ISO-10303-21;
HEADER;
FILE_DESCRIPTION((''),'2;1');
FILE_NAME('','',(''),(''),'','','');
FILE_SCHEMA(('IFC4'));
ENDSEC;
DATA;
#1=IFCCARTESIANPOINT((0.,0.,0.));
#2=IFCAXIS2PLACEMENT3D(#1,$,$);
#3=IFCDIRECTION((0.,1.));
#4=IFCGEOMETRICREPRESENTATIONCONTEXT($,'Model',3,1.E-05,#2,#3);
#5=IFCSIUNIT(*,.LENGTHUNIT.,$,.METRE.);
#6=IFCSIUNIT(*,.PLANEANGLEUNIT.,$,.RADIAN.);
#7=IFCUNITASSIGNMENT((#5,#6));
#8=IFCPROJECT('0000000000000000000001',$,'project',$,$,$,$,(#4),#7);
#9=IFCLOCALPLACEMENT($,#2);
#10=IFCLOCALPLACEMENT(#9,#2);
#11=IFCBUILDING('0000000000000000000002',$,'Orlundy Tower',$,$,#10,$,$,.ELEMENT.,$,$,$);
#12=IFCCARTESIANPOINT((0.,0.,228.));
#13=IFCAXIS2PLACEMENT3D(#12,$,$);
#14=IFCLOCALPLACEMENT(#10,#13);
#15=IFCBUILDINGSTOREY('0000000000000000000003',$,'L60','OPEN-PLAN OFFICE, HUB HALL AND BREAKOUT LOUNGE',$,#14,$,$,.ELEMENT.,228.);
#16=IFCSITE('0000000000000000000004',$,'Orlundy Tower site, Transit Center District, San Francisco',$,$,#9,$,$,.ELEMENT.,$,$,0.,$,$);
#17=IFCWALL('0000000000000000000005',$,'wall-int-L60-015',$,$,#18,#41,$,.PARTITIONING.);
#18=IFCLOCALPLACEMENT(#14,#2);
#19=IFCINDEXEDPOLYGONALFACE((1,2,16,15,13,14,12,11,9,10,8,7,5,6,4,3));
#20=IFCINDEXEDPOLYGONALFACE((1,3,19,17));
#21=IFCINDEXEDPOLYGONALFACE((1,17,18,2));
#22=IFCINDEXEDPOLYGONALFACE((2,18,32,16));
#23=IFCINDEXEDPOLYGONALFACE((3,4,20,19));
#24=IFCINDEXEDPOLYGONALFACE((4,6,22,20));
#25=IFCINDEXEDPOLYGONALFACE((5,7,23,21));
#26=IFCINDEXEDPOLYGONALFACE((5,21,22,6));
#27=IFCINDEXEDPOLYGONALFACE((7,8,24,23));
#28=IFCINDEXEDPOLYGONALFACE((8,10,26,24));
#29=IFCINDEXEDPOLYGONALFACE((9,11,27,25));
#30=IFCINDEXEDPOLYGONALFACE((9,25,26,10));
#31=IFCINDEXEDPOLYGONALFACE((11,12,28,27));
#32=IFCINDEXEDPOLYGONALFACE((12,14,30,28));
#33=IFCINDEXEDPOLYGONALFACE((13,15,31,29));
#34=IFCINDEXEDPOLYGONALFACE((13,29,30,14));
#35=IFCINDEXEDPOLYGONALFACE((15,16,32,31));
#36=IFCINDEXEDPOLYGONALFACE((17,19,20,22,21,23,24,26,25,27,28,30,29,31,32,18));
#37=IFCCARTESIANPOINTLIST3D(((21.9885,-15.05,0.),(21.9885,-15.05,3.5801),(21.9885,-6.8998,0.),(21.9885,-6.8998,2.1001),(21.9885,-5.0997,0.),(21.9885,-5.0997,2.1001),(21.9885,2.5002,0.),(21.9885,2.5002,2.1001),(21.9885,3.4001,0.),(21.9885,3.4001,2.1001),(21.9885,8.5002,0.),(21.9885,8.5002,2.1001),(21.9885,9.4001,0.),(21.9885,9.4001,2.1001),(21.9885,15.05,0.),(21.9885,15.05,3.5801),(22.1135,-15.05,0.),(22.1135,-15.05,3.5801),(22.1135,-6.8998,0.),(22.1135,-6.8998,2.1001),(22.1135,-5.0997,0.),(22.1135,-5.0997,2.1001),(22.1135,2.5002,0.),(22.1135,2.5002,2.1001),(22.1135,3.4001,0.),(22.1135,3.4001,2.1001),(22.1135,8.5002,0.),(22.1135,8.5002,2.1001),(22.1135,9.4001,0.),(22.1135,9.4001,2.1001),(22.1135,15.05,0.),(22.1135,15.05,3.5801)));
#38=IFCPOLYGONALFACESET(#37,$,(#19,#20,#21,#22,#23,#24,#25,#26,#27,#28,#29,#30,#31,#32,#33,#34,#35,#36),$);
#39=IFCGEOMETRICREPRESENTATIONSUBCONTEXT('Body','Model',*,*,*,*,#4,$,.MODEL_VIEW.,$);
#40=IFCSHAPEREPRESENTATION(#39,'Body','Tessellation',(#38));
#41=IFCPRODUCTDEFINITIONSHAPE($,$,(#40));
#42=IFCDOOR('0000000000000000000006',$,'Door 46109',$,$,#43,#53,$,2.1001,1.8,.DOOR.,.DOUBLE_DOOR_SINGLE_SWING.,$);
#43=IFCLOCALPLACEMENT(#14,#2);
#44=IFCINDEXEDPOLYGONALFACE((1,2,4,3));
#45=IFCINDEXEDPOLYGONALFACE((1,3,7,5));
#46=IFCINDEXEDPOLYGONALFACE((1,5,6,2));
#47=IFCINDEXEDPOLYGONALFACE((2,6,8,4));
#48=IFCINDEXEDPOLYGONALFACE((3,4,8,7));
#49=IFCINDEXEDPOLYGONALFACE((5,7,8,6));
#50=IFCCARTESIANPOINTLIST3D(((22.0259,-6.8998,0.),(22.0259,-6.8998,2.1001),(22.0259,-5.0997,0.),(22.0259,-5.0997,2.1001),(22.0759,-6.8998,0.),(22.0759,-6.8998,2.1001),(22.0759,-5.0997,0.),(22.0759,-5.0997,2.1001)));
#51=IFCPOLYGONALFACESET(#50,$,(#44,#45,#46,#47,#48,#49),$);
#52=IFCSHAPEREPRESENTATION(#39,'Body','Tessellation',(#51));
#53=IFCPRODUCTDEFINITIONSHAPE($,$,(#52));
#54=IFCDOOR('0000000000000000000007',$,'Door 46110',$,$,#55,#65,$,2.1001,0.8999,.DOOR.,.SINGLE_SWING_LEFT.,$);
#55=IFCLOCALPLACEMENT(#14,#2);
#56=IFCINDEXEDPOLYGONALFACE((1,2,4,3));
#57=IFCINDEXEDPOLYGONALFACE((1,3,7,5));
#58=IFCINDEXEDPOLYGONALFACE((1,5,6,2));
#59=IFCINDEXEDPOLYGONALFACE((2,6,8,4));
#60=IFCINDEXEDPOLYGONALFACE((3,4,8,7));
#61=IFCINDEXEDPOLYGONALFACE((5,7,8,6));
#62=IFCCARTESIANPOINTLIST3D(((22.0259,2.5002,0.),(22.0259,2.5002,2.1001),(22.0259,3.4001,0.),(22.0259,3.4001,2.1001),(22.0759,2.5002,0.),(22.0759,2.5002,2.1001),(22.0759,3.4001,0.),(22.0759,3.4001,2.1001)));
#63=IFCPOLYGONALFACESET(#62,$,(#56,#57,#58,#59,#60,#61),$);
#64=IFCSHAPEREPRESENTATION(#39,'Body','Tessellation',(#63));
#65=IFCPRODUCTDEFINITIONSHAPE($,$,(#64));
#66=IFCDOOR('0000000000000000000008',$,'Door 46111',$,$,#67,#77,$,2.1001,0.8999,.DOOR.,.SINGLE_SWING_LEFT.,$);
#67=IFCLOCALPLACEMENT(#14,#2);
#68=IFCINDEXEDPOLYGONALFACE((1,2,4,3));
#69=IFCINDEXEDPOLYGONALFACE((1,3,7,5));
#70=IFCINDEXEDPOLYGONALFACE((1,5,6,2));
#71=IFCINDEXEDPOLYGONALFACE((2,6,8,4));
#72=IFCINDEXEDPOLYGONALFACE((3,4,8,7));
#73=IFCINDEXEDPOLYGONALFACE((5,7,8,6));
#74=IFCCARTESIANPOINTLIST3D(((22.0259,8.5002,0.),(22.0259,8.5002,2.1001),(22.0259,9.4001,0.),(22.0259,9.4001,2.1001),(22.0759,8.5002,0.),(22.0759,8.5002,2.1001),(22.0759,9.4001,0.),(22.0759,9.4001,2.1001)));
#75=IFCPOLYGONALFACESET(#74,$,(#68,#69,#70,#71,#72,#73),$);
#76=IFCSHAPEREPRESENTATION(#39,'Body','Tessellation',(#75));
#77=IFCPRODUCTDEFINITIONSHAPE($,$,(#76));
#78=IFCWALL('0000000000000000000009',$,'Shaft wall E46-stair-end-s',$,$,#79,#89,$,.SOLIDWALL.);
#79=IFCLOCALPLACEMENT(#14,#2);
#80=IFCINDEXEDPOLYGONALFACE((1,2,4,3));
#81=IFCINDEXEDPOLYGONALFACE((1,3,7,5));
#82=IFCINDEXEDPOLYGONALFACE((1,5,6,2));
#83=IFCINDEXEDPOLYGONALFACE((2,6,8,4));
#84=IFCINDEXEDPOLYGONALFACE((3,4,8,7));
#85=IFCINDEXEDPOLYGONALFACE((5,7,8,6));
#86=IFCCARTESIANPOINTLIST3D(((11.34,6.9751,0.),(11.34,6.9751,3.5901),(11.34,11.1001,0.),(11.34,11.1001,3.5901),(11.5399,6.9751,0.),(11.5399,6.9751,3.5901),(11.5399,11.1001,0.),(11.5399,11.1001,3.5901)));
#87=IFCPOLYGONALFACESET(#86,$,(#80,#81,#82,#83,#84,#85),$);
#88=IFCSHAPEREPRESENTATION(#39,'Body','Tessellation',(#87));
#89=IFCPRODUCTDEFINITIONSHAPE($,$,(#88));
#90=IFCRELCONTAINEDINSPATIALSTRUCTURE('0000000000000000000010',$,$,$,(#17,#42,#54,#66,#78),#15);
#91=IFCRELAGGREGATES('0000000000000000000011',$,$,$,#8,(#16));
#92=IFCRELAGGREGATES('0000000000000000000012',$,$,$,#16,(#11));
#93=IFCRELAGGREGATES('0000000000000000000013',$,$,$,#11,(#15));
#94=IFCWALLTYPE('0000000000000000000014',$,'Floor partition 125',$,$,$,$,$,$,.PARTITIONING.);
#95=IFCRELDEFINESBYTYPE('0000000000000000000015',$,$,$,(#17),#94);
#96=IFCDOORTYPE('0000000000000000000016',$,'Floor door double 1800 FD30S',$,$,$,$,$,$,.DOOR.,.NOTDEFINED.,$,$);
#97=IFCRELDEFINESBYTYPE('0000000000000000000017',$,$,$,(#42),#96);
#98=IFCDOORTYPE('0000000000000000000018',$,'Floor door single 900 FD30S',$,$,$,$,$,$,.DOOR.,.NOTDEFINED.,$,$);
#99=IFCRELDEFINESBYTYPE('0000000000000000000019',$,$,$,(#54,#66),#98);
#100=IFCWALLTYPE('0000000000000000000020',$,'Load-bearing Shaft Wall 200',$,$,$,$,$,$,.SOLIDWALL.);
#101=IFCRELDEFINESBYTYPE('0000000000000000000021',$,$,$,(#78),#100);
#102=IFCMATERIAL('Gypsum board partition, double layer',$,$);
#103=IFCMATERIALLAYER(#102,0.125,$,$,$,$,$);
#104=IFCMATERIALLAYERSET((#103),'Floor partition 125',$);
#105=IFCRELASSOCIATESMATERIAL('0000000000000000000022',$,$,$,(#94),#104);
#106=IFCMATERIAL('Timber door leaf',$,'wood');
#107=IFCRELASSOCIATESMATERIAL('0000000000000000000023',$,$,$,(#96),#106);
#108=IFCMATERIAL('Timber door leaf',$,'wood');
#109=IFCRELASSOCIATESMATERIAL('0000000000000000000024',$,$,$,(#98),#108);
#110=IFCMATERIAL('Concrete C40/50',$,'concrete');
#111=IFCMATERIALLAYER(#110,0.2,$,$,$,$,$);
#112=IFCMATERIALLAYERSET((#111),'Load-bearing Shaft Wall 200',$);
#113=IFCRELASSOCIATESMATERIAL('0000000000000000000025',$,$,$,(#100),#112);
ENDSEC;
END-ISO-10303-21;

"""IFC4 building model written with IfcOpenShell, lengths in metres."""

from ifc_helpers import new_model, si_unit, direction, frame, frame_2d, origin, place, context, subcontext, project, spatial, rectangle, extrude, material, layer, layer_set, type_object, element, fill, save


model = new_model("IFC4")

# Units and contexts
model_context = context("Model", 3, precision=1e-05, world=origin(), true_north=direction((0.0, 1.0)))
body_context = subcontext(model_context, "Body", "Model", "MODEL_VIEW")
ifc_project = project(units=[si_unit("LENGTHUNIT", "METRE"), si_unit("PLANEANGLEUNIT", "RADIAN")], contexts=[model_context])

# Site, building, storey
site_placement = place(None, origin())
site = spatial("IfcSite", under=ifc_project, at=site_placement, Name="Orlundy Tower site, Transit Center District, San Francisco", CompositionType="ELEMENT", RefElevation=0.0)
building_placement = place(site_placement, origin())
building = spatial("IfcBuilding", under=site, at=building_placement, Name="Orlundy Tower", CompositionType="ELEMENT")
storey_placement = place(building_placement, frame((0.0, 0.0, 228.0)))
storey = spatial("IfcBuildingStorey", under=building, at=storey_placement, Name="L60", Description="OPEN-PLAN OFFICE, HUB HALL AND BREAKOUT LOUNGE", CompositionType="ELEMENT", Elevation=228.0)

# Wall, openings, doors
ifc_material_1 = material(Name="Gypsum board partition, double layer")
ifc_layer_1 = layer(ifc_material_1, 0.125)
ifc_layer_set_1 = layer_set([ifc_layer_1], Name="Floor partition 125")
wall_type_1 = type_object("IfcWallType", Name="Floor partition 125", PredefinedType="PARTITIONING", material=ifc_layer_set_1)
ifc_material_2 = material(Name="Timber door leaf", Category="wood")
door_type_1 = type_object("IfcDoorType", Name="Floor door double 1800 FD30S", OperationType="NOTDEFINED", PredefinedType="DOOR", material=ifc_material_2)
wall_1_placement = place(storey_placement, frame((22.051, 15.05, 0.0), z_axis=(0.0, 0.0, 1.0), x_axis=(0.0, -1.0, 0.0)))
wall_1 = element("IfcWall", 1, at=wall_1_placement, inside=storey, type_object=wall_type_1, Name="wall-int-L60-015", PredefinedType="PARTITIONING", context=body_context, shape_type="SweptSolid", body=[
    extrude(rectangle(XDim=30.1001, YDim=0.125, at=frame_2d((15.05, 0.0))), origin(), (0.0, 0.0, 1.0), 3.5801),
])
opening_1_placement = place(wall_1_placement, frame((20.1499, 0.0, 0.0)))
opening_1 = element("IfcOpeningElement", 2, at=opening_1_placement, cuts=wall_1, PredefinedType="OPENING", context=body_context, shape_type="SweptSolid", body=[
    extrude(rectangle(XDim=1.8, YDim=2.1001, at=frame_2d((0.8999, 1.05))), frame((0.0, 0.0725, 0.0), z_axis=(0.0, -1.0, 0.0), x_axis=(1.0, 0.0, 0.0)), (0.0, 0.0, 1.0), 0.145),
])
opening_2_placement = place(wall_1_placement, frame((11.6499, 0.0, 0.0)))
opening_2 = element("IfcOpeningElement", 3, at=opening_2_placement, cuts=wall_1, PredefinedType="OPENING", context=body_context, shape_type="SweptSolid", body=[
    extrude(rectangle(XDim=0.8999, YDim=2.1001, at=frame_2d((0.45, 1.05))), frame((0.0, 0.0725, 0.0), z_axis=(0.0, -1.0, 0.0), x_axis=(1.0, 0.0, 0.0)), (0.0, 0.0, 1.0), 0.145),
])
opening_3_placement = place(wall_1_placement, frame((5.6499, 0.0, 0.0)))
opening_3 = element("IfcOpeningElement", 4, at=opening_3_placement, cuts=wall_1, PredefinedType="OPENING", context=body_context, shape_type="SweptSolid", body=[
    extrude(rectangle(XDim=0.8999, YDim=2.1001, at=frame_2d((0.45, 1.05))), frame((0.0, 0.0725, 0.0), z_axis=(0.0, -1.0, 0.0), x_axis=(1.0, 0.0, 0.0)), (0.0, 0.0, 1.0), 0.145),
])
door_1_placement = place(opening_1_placement, origin())
door_1 = element("IfcDoor", 5, at=door_1_placement, inside=storey, type_object=door_type_1, Name="Door 46109", OperationType="DOUBLE_DOOR_SINGLE_SWING", OverallHeight=2.1001, OverallWidth=1.8, PredefinedType="DOOR", context=body_context, shape_type="SweptSolid", body=[
    extrude(rectangle(XDim=1.8, YDim=2.1001, at=frame_2d((0.8999, 1.05))), frame((0.0, 0.0249, 0.0), z_axis=(0.0, -1.0, 0.0), x_axis=(1.0, 0.0, 0.0)), (0.0, 0.0, 1.0), 0.05),
])
fill(opening_1, door_1)
ifc_material_3 = material(Name="Timber door leaf", Category="wood")
door_type_2 = type_object("IfcDoorType", Name="Floor door single 900 FD30S", OperationType="NOTDEFINED", PredefinedType="DOOR", material=ifc_material_3)
door_2_placement = place(opening_2_placement, origin())
door_2 = element("IfcDoor", 6, at=door_2_placement, inside=storey, type_object=door_type_2, Name="Door 46110", OperationType="SINGLE_SWING_LEFT", OverallHeight=2.1001, OverallWidth=0.8999, PredefinedType="DOOR", context=body_context, shape_type="SweptSolid", body=[
    extrude(rectangle(XDim=0.8999, YDim=2.1001, at=frame_2d((0.45, 1.05))), frame((0.0, 0.0249, 0.0), z_axis=(0.0, -1.0, 0.0), x_axis=(1.0, 0.0, 0.0)), (0.0, 0.0, 1.0), 0.05),
])
fill(opening_2, door_2)
door_3_placement = place(opening_3_placement, origin())
door_3 = element("IfcDoor", 7, at=door_3_placement, inside=storey, type_object=door_type_2, Name="Door 46111", OperationType="SINGLE_SWING_LEFT", OverallHeight=2.1001, OverallWidth=0.8999, PredefinedType="DOOR", context=body_context, shape_type="SweptSolid", body=[
    extrude(rectangle(XDim=0.8999, YDim=2.1001, at=frame_2d((0.45, 1.05))), frame((0.0, 0.0249, 0.0), z_axis=(0.0, -1.0, 0.0), x_axis=(1.0, 0.0, 0.0)), (0.0, 0.0, 1.0), 0.05),
])
fill(opening_3, door_3)

# Wall
ifc_material_4 = material(Name="Concrete C40/50", Category="concrete")
ifc_layer_2 = layer(ifc_material_4, 0.2)
ifc_layer_set_2 = layer_set([ifc_layer_2], Name="Load-bearing Shaft Wall 200")
wall_type_2 = type_object("IfcWallType", Name="Load-bearing Shaft Wall 200", PredefinedType="SOLIDWALL", material=ifc_layer_set_2)
wall_2_placement = place(storey_placement, frame((11.4399, 11.1001, 0.0), z_axis=(0.0, 0.0, 1.0), x_axis=(0.0, -1.0, 0.0)))
element("IfcWall", 8, at=wall_2_placement, inside=storey, type_object=wall_type_2, Name="Shaft wall E46-stair-end-s", PredefinedType="SOLIDWALL", context=body_context, shape_type="SweptSolid", body=[
    extrude(rectangle(XDim=4.125, YDim=0.2, at=frame_2d((2.0625, 0.0))), origin(), (0.0, 0.0, 1.0), 3.5901),
])

save(model, "model.ifc")
